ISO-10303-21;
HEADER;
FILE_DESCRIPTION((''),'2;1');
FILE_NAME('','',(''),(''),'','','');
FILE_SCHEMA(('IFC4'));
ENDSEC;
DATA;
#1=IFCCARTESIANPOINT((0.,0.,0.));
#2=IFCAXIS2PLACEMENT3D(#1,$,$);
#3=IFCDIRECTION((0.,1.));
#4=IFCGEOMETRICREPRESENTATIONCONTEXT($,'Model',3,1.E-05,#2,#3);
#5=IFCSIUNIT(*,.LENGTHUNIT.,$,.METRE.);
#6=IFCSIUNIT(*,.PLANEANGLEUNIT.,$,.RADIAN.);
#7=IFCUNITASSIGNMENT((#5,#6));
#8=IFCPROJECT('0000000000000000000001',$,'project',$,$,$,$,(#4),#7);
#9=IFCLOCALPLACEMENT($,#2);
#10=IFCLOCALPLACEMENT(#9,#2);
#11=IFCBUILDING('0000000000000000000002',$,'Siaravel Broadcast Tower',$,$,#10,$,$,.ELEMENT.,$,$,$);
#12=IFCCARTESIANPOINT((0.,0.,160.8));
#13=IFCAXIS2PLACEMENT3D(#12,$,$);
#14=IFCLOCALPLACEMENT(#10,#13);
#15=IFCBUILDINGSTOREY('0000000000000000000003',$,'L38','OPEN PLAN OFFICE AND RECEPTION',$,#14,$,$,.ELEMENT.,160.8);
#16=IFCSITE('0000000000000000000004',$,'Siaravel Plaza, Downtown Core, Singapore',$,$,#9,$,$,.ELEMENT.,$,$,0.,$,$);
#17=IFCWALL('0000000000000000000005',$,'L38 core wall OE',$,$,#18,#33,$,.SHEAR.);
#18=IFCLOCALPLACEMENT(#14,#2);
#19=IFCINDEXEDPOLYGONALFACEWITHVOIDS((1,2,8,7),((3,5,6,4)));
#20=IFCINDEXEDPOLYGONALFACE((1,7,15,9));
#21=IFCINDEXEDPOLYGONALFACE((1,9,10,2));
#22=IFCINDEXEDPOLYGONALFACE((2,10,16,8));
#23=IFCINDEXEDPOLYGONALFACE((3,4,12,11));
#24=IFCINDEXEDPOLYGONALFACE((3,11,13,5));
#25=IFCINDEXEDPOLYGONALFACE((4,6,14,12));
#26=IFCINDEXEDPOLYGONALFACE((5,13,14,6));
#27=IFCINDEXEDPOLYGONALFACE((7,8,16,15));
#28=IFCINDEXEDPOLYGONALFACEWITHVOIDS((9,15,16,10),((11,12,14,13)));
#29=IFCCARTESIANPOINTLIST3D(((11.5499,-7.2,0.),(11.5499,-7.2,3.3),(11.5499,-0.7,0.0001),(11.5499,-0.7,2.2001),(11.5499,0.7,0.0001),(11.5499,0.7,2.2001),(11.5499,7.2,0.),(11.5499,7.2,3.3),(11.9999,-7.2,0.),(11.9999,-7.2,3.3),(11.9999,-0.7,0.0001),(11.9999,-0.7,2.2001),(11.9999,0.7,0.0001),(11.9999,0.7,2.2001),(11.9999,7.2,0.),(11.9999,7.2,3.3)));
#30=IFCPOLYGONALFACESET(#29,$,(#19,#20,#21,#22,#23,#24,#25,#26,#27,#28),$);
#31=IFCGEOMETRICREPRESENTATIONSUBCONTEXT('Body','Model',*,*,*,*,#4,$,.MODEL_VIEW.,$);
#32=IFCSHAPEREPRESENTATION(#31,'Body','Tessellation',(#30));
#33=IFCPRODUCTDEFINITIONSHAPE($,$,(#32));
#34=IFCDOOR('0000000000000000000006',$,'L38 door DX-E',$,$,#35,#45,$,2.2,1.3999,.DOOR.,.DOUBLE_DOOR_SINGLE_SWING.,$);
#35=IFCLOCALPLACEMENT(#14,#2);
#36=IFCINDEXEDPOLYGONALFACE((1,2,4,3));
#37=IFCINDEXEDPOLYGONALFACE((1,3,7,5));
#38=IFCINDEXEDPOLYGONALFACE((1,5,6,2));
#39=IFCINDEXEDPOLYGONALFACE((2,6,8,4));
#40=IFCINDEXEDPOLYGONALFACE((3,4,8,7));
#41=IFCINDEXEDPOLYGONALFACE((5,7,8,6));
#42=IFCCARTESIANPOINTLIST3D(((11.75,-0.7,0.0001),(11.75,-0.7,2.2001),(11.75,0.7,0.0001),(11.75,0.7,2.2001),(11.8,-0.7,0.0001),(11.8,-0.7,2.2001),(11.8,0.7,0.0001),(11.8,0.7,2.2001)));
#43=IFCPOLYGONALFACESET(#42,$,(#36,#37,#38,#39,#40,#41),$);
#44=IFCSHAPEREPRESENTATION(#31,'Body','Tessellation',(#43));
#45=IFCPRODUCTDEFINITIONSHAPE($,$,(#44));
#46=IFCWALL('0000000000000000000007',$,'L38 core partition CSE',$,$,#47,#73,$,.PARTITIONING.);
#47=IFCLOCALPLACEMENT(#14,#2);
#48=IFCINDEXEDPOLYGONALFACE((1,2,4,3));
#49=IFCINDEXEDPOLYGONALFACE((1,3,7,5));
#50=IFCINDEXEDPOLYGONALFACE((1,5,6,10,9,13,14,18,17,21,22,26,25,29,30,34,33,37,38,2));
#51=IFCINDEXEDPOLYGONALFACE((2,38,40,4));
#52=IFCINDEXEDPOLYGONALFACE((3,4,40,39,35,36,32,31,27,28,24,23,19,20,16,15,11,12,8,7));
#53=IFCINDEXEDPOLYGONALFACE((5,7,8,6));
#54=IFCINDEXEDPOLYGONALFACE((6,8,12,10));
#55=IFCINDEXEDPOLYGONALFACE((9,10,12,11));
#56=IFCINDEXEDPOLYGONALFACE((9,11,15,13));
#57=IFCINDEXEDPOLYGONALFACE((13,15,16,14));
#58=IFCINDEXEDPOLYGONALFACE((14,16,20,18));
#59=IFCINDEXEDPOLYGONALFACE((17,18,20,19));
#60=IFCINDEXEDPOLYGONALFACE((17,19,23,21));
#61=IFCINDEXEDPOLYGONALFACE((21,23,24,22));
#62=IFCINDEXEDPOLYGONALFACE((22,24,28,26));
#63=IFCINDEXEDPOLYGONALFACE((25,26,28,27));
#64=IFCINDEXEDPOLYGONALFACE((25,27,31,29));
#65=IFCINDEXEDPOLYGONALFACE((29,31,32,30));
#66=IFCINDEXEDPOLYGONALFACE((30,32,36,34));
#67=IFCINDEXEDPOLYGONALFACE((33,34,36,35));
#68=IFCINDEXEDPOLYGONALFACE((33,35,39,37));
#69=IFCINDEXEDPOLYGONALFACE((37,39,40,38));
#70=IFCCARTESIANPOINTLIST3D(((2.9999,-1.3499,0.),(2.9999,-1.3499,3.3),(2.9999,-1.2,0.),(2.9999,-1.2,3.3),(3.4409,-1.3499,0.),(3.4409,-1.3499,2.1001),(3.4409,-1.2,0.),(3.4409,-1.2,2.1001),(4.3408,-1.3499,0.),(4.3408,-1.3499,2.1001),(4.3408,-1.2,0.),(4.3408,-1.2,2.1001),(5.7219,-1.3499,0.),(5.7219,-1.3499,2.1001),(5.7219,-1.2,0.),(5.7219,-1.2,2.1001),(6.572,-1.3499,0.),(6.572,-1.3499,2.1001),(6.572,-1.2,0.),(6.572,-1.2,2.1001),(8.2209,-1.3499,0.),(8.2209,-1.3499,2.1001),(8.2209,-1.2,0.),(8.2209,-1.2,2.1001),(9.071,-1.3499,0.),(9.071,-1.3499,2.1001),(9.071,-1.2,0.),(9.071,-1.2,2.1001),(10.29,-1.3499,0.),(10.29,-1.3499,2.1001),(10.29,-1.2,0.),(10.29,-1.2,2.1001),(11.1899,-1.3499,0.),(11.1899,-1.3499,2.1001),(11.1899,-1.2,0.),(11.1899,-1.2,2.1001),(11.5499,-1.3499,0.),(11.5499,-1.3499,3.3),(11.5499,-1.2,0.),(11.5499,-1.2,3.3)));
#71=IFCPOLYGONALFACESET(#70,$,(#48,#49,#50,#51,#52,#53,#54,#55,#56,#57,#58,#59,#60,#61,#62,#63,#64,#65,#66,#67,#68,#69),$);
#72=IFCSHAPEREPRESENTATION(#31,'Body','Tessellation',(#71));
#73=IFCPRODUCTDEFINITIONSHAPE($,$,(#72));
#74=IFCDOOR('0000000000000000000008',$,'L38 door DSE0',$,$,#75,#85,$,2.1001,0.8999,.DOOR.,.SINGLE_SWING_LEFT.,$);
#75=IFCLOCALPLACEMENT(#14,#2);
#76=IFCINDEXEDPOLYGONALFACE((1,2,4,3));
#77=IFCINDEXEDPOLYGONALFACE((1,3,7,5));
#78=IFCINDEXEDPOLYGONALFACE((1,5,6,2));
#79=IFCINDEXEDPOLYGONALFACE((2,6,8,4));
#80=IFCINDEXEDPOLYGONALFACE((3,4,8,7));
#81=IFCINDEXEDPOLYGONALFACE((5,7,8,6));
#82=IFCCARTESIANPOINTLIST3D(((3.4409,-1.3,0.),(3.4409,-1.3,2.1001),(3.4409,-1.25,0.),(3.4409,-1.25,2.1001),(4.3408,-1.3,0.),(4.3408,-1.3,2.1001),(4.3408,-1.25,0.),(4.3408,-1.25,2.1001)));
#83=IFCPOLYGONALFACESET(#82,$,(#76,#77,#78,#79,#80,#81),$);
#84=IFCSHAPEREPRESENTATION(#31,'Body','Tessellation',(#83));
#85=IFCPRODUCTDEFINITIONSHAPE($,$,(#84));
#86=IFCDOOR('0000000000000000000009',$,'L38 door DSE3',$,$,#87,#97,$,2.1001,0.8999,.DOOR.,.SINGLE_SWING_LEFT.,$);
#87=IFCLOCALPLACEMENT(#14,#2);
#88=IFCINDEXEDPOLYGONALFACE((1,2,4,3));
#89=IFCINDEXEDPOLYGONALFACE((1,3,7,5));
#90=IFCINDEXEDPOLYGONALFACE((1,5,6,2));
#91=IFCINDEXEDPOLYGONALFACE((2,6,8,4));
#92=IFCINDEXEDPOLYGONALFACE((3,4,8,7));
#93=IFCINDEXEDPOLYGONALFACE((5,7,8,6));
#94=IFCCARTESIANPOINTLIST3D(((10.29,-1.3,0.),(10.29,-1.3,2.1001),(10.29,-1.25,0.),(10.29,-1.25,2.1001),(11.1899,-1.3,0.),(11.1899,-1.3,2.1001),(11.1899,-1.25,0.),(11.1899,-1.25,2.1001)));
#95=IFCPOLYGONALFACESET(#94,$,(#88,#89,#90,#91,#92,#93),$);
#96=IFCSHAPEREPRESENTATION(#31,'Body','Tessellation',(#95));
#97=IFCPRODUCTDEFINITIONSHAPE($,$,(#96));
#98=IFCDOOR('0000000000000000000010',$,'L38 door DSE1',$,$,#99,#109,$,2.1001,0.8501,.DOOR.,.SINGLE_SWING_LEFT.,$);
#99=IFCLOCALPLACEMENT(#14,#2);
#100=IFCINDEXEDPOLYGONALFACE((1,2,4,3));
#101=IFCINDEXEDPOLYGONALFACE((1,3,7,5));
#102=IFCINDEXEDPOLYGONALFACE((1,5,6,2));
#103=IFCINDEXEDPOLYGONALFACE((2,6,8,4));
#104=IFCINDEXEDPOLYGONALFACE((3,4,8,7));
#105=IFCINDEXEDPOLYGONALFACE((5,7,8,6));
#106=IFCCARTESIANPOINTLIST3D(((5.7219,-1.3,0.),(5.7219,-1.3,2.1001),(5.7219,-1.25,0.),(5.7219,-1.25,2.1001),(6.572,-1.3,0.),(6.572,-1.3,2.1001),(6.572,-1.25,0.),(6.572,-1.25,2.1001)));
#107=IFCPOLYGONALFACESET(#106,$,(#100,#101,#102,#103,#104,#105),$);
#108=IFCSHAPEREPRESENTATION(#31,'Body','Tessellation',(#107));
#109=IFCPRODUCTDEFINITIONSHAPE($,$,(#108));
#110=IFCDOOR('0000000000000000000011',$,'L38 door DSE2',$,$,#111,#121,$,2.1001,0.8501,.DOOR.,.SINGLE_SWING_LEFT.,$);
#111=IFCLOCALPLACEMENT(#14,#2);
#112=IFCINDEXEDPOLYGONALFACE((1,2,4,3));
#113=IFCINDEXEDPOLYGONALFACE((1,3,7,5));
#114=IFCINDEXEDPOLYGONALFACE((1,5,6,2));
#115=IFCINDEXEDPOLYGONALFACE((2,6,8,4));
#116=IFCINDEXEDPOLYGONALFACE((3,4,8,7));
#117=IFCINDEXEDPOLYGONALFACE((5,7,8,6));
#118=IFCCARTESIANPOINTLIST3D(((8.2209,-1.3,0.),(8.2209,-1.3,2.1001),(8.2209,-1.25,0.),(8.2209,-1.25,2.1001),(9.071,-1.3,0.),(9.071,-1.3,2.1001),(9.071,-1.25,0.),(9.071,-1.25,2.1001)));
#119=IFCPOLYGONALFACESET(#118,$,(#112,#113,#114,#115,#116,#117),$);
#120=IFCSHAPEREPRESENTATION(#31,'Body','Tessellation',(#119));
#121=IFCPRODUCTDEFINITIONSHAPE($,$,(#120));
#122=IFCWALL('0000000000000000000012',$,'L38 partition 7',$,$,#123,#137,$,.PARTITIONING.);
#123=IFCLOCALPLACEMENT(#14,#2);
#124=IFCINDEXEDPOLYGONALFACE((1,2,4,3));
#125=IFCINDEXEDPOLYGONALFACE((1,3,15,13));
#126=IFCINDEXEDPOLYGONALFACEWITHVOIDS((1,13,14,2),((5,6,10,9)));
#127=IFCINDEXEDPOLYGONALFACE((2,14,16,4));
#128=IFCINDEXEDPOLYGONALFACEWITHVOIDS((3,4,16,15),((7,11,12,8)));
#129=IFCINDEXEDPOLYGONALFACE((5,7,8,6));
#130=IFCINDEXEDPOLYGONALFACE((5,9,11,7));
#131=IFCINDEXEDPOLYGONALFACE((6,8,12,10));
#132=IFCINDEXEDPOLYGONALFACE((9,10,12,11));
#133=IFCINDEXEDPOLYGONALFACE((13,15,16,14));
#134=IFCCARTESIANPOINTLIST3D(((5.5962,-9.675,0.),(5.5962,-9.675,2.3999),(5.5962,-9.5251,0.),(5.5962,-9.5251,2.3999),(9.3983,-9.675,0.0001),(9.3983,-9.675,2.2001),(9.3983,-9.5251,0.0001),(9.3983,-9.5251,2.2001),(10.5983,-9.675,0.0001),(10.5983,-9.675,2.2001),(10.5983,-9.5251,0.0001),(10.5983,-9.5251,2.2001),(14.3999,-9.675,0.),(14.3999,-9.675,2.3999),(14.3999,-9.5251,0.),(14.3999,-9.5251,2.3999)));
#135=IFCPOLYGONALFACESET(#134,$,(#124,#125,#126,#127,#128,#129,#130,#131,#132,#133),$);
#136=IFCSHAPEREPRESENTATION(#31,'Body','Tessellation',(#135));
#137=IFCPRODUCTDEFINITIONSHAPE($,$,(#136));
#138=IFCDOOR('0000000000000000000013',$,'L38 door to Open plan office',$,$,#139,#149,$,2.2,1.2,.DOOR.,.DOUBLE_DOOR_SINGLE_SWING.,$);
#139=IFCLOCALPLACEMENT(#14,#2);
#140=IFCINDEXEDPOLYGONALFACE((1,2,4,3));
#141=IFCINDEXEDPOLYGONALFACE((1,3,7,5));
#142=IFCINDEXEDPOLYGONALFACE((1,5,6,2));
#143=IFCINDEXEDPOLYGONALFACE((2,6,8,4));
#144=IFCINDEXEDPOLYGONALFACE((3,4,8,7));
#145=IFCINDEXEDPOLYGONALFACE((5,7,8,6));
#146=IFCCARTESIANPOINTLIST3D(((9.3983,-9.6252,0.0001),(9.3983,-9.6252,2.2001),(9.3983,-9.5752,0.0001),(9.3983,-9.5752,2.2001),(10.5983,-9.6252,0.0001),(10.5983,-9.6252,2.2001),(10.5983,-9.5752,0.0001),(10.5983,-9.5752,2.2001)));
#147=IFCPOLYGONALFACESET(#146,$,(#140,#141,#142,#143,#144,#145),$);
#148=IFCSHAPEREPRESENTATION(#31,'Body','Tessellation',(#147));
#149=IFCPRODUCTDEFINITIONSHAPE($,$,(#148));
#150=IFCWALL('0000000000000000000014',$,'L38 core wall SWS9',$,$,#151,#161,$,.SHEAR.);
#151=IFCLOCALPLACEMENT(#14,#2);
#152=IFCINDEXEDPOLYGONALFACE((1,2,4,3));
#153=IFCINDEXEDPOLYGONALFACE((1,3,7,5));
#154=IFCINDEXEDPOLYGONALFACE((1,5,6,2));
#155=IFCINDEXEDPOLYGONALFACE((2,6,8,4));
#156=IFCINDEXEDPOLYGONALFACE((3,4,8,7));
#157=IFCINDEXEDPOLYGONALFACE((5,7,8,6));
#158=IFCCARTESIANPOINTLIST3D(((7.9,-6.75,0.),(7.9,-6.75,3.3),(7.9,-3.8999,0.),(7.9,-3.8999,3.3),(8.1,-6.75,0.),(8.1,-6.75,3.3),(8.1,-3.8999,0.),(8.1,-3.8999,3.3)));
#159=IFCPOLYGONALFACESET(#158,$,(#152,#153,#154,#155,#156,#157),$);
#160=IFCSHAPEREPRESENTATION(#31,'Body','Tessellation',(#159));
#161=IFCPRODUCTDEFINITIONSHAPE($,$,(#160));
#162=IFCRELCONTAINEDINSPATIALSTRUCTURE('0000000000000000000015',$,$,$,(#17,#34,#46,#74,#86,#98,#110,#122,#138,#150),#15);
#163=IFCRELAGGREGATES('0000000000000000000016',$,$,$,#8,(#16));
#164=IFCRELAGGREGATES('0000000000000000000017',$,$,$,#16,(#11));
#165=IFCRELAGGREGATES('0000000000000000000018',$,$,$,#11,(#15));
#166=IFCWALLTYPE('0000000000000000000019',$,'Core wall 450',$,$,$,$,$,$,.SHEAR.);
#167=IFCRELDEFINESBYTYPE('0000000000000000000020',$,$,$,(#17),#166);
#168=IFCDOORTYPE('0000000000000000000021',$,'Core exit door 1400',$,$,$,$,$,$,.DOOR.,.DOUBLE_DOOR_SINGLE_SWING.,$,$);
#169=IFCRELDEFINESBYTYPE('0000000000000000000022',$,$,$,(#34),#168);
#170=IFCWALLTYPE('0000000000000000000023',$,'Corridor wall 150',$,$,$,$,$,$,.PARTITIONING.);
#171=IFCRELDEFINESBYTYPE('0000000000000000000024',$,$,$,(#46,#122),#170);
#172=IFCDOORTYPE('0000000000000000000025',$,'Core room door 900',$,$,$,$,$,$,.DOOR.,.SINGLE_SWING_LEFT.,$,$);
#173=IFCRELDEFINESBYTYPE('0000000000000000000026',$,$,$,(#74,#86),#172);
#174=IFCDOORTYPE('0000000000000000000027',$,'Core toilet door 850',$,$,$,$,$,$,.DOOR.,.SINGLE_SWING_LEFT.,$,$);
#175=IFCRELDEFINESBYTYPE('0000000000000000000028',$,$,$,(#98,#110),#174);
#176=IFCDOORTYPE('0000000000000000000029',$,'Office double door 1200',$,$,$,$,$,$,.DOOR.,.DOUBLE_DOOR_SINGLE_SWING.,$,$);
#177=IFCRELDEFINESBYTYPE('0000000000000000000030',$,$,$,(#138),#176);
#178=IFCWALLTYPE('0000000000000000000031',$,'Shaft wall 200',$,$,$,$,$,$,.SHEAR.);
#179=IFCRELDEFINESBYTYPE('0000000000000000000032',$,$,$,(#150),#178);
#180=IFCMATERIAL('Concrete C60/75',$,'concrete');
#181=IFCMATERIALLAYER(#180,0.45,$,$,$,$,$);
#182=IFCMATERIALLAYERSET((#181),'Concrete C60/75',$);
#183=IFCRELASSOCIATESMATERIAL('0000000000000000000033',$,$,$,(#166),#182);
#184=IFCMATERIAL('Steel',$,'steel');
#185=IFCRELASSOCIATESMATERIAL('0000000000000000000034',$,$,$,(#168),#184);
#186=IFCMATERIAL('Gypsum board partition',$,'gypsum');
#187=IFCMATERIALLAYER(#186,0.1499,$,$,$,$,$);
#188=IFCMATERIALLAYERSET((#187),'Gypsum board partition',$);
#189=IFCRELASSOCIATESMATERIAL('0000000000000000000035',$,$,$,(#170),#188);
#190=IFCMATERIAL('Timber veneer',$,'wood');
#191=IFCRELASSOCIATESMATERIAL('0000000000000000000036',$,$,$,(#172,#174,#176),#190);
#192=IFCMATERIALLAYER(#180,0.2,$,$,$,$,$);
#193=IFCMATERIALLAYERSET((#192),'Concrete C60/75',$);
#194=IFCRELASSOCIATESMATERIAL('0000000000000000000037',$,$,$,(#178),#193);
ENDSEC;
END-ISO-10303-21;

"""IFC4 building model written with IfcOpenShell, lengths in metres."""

from ifc_helpers import new_model, si_unit, direction, frame, frame_2d, origin, place, context, subcontext, project, spatial, rectangle, extrude, material, layer, layer_set, type_object, element, fill, save


model = new_model("IFC4")

# Units and contexts
model_context = context("Model", 3, precision=1e-05, world=origin(), true_north=direction((0.0, 1.0)))
body_context = subcontext(model_context, "Body", "Model", "MODEL_VIEW")
ifc_project = project(units=[si_unit("LENGTHUNIT", "METRE"), si_unit("PLANEANGLEUNIT", "RADIAN")], contexts=[model_context])

# Site, building, storey
site_placement = place(None, origin())
site = spatial("IfcSite", under=ifc_project, at=site_placement, Name="Siaravel Plaza, Downtown Core, Singapore", CompositionType="ELEMENT", RefElevation=0.0)
building_placement = place(site_placement, origin())
building = spatial("IfcBuilding", under=site, at=building_placement, Name="Siaravel Broadcast Tower", CompositionType="ELEMENT")
storey_placement = place(building_placement, frame((0.0, 0.0, 160.8)))
storey = spatial("IfcBuildingStorey", under=building, at=storey_placement, Name="L38", Description="OPEN PLAN OFFICE AND RECEPTION", CompositionType="ELEMENT", Elevation=160.8)

# Wall, opening, door
ifc_material_1 = material(Name="Concrete C60/75", Category="concrete")
ifc_layer_1 = layer(ifc_material_1, 0.45)
ifc_layer_set_1 = layer_set([ifc_layer_1], Name="Concrete C60/75")
wall_type_1 = type_object("IfcWallType", Name="Core wall 450", PredefinedType="SHEAR", material=ifc_layer_set_1)
wall_1_placement = place(storey_placement, frame((11.7749, -7.2, 0.0), z_axis=(0.0, 0.0, 1.0), x_axis=(0.0, 1.0, 0.0)))
wall_1 = element("IfcWall", 1, at=wall_1_placement, inside=storey, type_object=wall_type_1, Name="L38 core wall OE", PredefinedType="SHEAR", context=body_context, shape_type="SweptSolid", body=[
    extrude(rectangle(XDim=14.3999, YDim=0.45, at=frame_2d((7.2, 0.0))), origin(), (0.0, 0.0, 1.0), 3.3),
])
opening_1_placement = place(wall_1_placement, frame((6.5, 0.0, 0.0)))
opening_1 = element("IfcOpeningElement", 2, at=opening_1_placement, cuts=wall_1, PredefinedType="OPENING", context=body_context, shape_type="SweptSolid", body=[
    extrude(rectangle(XDim=1.3999, YDim=2.2, at=frame_2d((0.7, 1.1001))), frame((0.0, 0.2349, 0.0), z_axis=(0.0, -1.0, 0.0), x_axis=(1.0, 0.0, 0.0)), (0.0, 0.0, 1.0), 0.47),
])
ifc_material_2 = material(Name="Steel", Category="steel")
door_type_1 = type_object("IfcDoorType", Name="Core exit door 1400", OperationType="DOUBLE_DOOR_SINGLE_SWING", PredefinedType="DOOR", material=ifc_material_2)
door_1_placement = place(opening_1_placement, origin())
door_1 = element("IfcDoor", 3, at=door_1_placement, inside=storey, type_object=door_type_1, Name="L38 door DX-E", OperationType="DOUBLE_DOOR_SINGLE_SWING", OverallHeight=2.2, OverallWidth=1.3999, PredefinedType="DOOR", context=body_context, shape_type="SweptSolid", body=[
    extrude(rectangle(XDim=1.3999, YDim=2.2, at=frame_2d((0.7, 1.1001))), frame((0.0, 0.0249, 0.0), z_axis=(0.0, -1.0, 0.0), x_axis=(1.0, 0.0, 0.0)), (0.0, 0.0, 1.0), 0.05),
])
fill(opening_1, door_1)

# Wall, openings, doors
ifc_material_3 = material(Name="Gypsum board partition", Category="gypsum")
ifc_layer_2 = layer(ifc_material_3, 0.1499)
ifc_layer_set_2 = layer_set([ifc_layer_2], Name="Gypsum board partition")
wall_type_2 = type_object("IfcWallType", Name="Corridor wall 150", PredefinedType="PARTITIONING", material=ifc_layer_set_2)
wall_2_placement = place(storey_placement, frame((3.0, -1.2749, 0.0), z_axis=(0.0, 0.0, 1.0), x_axis=(1.0, 0.0, 0.0)))
wall_2 = element("IfcWall", 4, at=wall_2_placement, inside=storey, type_object=wall_type_2, Name="L38 core partition CSE", PredefinedType="PARTITIONING", context=body_context, shape_type="SweptSolid", body=[
    extrude(rectangle(XDim=8.55, YDim=0.1499, at=frame_2d((4.2749, 0.0))), origin(), (0.0, 0.0, 1.0), 3.3),
])
opening_2_placement = place(wall_2_placement, frame((0.4409, 0.0, 0.0)))
opening_2 = element("IfcOpeningElement", 5, at=opening_2_placement, cuts=wall_2, PredefinedType="OPENING", context=body_context, shape_type="SweptSolid", body=[
    extrude(rectangle(XDim=0.8999, YDim=2.1001, at=frame_2d((0.45, 1.05))), frame((0.0, 0.085, 0.0), z_axis=(0.0, -1.0, 0.0), x_axis=(1.0, 0.0, 0.0)), (0.0, 0.0, 1.0), 0.1699),
])
opening_3_placement = place(wall_2_placement, frame((2.7219, 0.0, 0.0)))
opening_3 = element("IfcOpeningElement", 6, at=opening_3_placement, cuts=wall_2, PredefinedType="OPENING", context=body_context, shape_type="SweptSolid", body=[
    extrude(rectangle(XDim=0.8501, YDim=2.1001, at=frame_2d((0.425, 1.05))), frame((0.0, 0.085, 0.0), z_axis=(0.0, -1.0, 0.0), x_axis=(1.0, 0.0, 0.0)), (0.0, 0.0, 1.0), 0.1699),
])
opening_4_placement = place(wall_2_placement, frame((5.2209, 0.0, 0.0)))
opening_4 = element("IfcOpeningElement", 7, at=opening_4_placement, cuts=wall_2, PredefinedType="OPENING", context=body_context, shape_type="SweptSolid", body=[
    extrude(rectangle(XDim=0.8501, YDim=2.1001, at=frame_2d((0.425, 1.05))), frame((0.0, 0.085, 0.0), z_axis=(0.0, -1.0, 0.0), x_axis=(1.0, 0.0, 0.0)), (0.0, 0.0, 1.0), 0.1699),
])
opening_5_placement = place(wall_2_placement, frame((7.29, 0.0, 0.0)))
opening_5 = element("IfcOpeningElement", 8, at=opening_5_placement, cuts=wall_2, PredefinedType="OPENING", context=body_context, shape_type="SweptSolid", body=[
    extrude(rectangle(XDim=0.8999, YDim=2.1001, at=frame_2d((0.45, 1.05))), frame((0.0, 0.085, 0.0), z_axis=(0.0, -1.0, 0.0), x_axis=(1.0, 0.0, 0.0)), (0.0, 0.0, 1.0), 0.1699),
])
ifc_material_4 = material(Name="Timber veneer", Category="wood")
door_type_2 = type_object("IfcDoorType", Name="Core room door 900", OperationType="SINGLE_SWING_LEFT", PredefinedType="DOOR", material=ifc_material_4)
door_2_placement = place(opening_2_placement, origin())
door_2 = element("IfcDoor", 9, at=door_2_placement, inside=storey, type_object=door_type_2, Name="L38 door DSE0", OperationType="SINGLE_SWING_LEFT", OverallHeight=2.1001, OverallWidth=0.8999, PredefinedType="DOOR", context=body_context, shape_type="SweptSolid", body=[
    extrude(rectangle(XDim=0.8999, YDim=2.1001, at=frame_2d((0.45, 1.05))), frame((0.0, 0.0249, 0.0), z_axis=(0.0, -1.0, 0.0), x_axis=(1.0, 0.0, 0.0)), (0.0, 0.0, 1.0), 0.05),
])
fill(opening_2, door_2)
door_3_placement = place(opening_5_placement, origin())
door_3 = element("IfcDoor", 10, at=door_3_placement, inside=storey, type_object=door_type_2, Name="L38 door DSE3", OperationType="SINGLE_SWING_LEFT", OverallHeight=2.1001, OverallWidth=0.8999, PredefinedType="DOOR", context=body_context, shape_type="SweptSolid", body=[
    extrude(rectangle(XDim=0.8999, YDim=2.1001, at=frame_2d((0.45, 1.05))), frame((0.0, 0.0249, 0.0), z_axis=(0.0, -1.0, 0.0), x_axis=(1.0, 0.0, 0.0)), (0.0, 0.0, 1.0), 0.05),
])
fill(opening_5, door_3)
door_type_3 = type_object("IfcDoorType", Name="Core toilet door 850", OperationType="SINGLE_SWING_LEFT", PredefinedType="DOOR", material=ifc_material_4)
door_4_placement = place(opening_3_placement, origin())
door_4 = element("IfcDoor", 11, at=door_4_placement, inside=storey, type_object=door_type_3, Name="L38 door DSE1", OperationType="SINGLE_SWING_LEFT", OverallHeight=2.1001, OverallWidth=0.8501, PredefinedType="DOOR", context=body_context, shape_type="SweptSolid", body=[
    extrude(rectangle(XDim=0.8501, YDim=2.1001, at=frame_2d((0.425, 1.05))), frame((0.0, 0.0249, 0.0), z_axis=(0.0, -1.0, 0.0), x_axis=(1.0, 0.0, 0.0)), (0.0, 0.0, 1.0), 0.05),
])
fill(opening_3, door_4)
door_5_placement = place(opening_4_placement, origin())
door_5 = element("IfcDoor", 12, at=door_5_placement, inside=storey, type_object=door_type_3, Name="L38 door DSE2", OperationType="SINGLE_SWING_LEFT", OverallHeight=2.1001, OverallWidth=0.8501, PredefinedType="DOOR", context=body_context, shape_type="SweptSolid", body=[
    extrude(rectangle(XDim=0.8501, YDim=2.1001, at=frame_2d((0.425, 1.05))), frame((0.0, 0.0249, 0.0), z_axis=(0.0, -1.0, 0.0), x_axis=(1.0, 0.0, 0.0)), (0.0, 0.0, 1.0), 0.05),
])
fill(opening_4, door_5)

# Wall, opening, door
wall_3_placement = place(storey_placement, frame((5.5962, -9.6001, 0.0), z_axis=(0.0, 0.0, 1.0), x_axis=(1.0, 0.0, 0.0)))
wall_3 = element("IfcWall", 13, at=wall_3_placement, inside=storey, type_object=wall_type_2, Name="L38 partition 7", PredefinedType="PARTITIONING", context=body_context, shape_type="SweptSolid", body=[
    extrude(rectangle(XDim=8.8037, YDim=0.1499, at=frame_2d((4.4019, 0.0))), origin(), (0.0, 0.0, 1.0), 2.3999),
])
opening_6_placement = place(wall_3_placement, frame((3.802, 0.0, 0.0)))
opening_6 = element("IfcOpeningElement", 14, at=opening_6_placement, cuts=wall_3, PredefinedType="OPENING", context=body_context, shape_type="SweptSolid", body=[
    extrude(rectangle(XDim=1.2, YDim=2.2, at=frame_2d((0.6001, 1.1001))), frame((0.0, 0.085, 0.0), z_axis=(0.0, -1.0, 0.0), x_axis=(1.0, 0.0, 0.0)), (0.0, 0.0, 1.0), 0.1699),
])
door_type_4 = type_object("IfcDoorType", Name="Office double door 1200", OperationType="DOUBLE_DOOR_SINGLE_SWING", PredefinedType="DOOR", material=ifc_material_4)
door_6_placement = place(opening_6_placement, origin())
door_6 = element("IfcDoor", 15, at=door_6_placement, inside=storey, type_object=door_type_4, Name="L38 door to Open plan office", OperationType="DOUBLE_DOOR_SINGLE_SWING", OverallHeight=2.2, OverallWidth=1.2, PredefinedType="DOOR", context=body_context, shape_type="SweptSolid", body=[
    extrude(rectangle(XDim=1.2, YDim=2.2, at=frame_2d((0.6001, 1.1001))), frame((0.0, 0.0249, 0.0), z_axis=(0.0, -1.0, 0.0), x_axis=(1.0, 0.0, 0.0)), (0.0, 0.0, 1.0), 0.05),
])
fill(opening_6, door_6)

# Wall
ifc_layer_3 = layer(ifc_material_1, 0.2)
ifc_layer_set_3 = layer_set([ifc_layer_3], Name="Concrete C60/75")
wall_type_3 = type_object("IfcWallType", Name="Shaft wall 200", PredefinedType="SHEAR", material=ifc_layer_set_3)
for number, where, z_axis, x_axis, name in (
    (16, (8.0, -6.75, 0.0), (0.0, 0.0, 1.0), (0.0, 1.0, 0.0), "L38 core wall SWS9"),
):
    element("IfcWall", number, at=place(storey_placement, frame(where, z_axis=z_axis, x_axis=x_axis)), inside=storey, type_object=wall_type_3, Name=name, PredefinedType="SHEAR", context=body_context, shape_type="SweptSolid", body=[
        extrude(rectangle(XDim=2.8501, YDim=0.2, at=frame_2d((1.425, 0.0))), origin(), (0.0, 0.0, 1.0), 3.3),
    ])

save(model, "model.ifc")
